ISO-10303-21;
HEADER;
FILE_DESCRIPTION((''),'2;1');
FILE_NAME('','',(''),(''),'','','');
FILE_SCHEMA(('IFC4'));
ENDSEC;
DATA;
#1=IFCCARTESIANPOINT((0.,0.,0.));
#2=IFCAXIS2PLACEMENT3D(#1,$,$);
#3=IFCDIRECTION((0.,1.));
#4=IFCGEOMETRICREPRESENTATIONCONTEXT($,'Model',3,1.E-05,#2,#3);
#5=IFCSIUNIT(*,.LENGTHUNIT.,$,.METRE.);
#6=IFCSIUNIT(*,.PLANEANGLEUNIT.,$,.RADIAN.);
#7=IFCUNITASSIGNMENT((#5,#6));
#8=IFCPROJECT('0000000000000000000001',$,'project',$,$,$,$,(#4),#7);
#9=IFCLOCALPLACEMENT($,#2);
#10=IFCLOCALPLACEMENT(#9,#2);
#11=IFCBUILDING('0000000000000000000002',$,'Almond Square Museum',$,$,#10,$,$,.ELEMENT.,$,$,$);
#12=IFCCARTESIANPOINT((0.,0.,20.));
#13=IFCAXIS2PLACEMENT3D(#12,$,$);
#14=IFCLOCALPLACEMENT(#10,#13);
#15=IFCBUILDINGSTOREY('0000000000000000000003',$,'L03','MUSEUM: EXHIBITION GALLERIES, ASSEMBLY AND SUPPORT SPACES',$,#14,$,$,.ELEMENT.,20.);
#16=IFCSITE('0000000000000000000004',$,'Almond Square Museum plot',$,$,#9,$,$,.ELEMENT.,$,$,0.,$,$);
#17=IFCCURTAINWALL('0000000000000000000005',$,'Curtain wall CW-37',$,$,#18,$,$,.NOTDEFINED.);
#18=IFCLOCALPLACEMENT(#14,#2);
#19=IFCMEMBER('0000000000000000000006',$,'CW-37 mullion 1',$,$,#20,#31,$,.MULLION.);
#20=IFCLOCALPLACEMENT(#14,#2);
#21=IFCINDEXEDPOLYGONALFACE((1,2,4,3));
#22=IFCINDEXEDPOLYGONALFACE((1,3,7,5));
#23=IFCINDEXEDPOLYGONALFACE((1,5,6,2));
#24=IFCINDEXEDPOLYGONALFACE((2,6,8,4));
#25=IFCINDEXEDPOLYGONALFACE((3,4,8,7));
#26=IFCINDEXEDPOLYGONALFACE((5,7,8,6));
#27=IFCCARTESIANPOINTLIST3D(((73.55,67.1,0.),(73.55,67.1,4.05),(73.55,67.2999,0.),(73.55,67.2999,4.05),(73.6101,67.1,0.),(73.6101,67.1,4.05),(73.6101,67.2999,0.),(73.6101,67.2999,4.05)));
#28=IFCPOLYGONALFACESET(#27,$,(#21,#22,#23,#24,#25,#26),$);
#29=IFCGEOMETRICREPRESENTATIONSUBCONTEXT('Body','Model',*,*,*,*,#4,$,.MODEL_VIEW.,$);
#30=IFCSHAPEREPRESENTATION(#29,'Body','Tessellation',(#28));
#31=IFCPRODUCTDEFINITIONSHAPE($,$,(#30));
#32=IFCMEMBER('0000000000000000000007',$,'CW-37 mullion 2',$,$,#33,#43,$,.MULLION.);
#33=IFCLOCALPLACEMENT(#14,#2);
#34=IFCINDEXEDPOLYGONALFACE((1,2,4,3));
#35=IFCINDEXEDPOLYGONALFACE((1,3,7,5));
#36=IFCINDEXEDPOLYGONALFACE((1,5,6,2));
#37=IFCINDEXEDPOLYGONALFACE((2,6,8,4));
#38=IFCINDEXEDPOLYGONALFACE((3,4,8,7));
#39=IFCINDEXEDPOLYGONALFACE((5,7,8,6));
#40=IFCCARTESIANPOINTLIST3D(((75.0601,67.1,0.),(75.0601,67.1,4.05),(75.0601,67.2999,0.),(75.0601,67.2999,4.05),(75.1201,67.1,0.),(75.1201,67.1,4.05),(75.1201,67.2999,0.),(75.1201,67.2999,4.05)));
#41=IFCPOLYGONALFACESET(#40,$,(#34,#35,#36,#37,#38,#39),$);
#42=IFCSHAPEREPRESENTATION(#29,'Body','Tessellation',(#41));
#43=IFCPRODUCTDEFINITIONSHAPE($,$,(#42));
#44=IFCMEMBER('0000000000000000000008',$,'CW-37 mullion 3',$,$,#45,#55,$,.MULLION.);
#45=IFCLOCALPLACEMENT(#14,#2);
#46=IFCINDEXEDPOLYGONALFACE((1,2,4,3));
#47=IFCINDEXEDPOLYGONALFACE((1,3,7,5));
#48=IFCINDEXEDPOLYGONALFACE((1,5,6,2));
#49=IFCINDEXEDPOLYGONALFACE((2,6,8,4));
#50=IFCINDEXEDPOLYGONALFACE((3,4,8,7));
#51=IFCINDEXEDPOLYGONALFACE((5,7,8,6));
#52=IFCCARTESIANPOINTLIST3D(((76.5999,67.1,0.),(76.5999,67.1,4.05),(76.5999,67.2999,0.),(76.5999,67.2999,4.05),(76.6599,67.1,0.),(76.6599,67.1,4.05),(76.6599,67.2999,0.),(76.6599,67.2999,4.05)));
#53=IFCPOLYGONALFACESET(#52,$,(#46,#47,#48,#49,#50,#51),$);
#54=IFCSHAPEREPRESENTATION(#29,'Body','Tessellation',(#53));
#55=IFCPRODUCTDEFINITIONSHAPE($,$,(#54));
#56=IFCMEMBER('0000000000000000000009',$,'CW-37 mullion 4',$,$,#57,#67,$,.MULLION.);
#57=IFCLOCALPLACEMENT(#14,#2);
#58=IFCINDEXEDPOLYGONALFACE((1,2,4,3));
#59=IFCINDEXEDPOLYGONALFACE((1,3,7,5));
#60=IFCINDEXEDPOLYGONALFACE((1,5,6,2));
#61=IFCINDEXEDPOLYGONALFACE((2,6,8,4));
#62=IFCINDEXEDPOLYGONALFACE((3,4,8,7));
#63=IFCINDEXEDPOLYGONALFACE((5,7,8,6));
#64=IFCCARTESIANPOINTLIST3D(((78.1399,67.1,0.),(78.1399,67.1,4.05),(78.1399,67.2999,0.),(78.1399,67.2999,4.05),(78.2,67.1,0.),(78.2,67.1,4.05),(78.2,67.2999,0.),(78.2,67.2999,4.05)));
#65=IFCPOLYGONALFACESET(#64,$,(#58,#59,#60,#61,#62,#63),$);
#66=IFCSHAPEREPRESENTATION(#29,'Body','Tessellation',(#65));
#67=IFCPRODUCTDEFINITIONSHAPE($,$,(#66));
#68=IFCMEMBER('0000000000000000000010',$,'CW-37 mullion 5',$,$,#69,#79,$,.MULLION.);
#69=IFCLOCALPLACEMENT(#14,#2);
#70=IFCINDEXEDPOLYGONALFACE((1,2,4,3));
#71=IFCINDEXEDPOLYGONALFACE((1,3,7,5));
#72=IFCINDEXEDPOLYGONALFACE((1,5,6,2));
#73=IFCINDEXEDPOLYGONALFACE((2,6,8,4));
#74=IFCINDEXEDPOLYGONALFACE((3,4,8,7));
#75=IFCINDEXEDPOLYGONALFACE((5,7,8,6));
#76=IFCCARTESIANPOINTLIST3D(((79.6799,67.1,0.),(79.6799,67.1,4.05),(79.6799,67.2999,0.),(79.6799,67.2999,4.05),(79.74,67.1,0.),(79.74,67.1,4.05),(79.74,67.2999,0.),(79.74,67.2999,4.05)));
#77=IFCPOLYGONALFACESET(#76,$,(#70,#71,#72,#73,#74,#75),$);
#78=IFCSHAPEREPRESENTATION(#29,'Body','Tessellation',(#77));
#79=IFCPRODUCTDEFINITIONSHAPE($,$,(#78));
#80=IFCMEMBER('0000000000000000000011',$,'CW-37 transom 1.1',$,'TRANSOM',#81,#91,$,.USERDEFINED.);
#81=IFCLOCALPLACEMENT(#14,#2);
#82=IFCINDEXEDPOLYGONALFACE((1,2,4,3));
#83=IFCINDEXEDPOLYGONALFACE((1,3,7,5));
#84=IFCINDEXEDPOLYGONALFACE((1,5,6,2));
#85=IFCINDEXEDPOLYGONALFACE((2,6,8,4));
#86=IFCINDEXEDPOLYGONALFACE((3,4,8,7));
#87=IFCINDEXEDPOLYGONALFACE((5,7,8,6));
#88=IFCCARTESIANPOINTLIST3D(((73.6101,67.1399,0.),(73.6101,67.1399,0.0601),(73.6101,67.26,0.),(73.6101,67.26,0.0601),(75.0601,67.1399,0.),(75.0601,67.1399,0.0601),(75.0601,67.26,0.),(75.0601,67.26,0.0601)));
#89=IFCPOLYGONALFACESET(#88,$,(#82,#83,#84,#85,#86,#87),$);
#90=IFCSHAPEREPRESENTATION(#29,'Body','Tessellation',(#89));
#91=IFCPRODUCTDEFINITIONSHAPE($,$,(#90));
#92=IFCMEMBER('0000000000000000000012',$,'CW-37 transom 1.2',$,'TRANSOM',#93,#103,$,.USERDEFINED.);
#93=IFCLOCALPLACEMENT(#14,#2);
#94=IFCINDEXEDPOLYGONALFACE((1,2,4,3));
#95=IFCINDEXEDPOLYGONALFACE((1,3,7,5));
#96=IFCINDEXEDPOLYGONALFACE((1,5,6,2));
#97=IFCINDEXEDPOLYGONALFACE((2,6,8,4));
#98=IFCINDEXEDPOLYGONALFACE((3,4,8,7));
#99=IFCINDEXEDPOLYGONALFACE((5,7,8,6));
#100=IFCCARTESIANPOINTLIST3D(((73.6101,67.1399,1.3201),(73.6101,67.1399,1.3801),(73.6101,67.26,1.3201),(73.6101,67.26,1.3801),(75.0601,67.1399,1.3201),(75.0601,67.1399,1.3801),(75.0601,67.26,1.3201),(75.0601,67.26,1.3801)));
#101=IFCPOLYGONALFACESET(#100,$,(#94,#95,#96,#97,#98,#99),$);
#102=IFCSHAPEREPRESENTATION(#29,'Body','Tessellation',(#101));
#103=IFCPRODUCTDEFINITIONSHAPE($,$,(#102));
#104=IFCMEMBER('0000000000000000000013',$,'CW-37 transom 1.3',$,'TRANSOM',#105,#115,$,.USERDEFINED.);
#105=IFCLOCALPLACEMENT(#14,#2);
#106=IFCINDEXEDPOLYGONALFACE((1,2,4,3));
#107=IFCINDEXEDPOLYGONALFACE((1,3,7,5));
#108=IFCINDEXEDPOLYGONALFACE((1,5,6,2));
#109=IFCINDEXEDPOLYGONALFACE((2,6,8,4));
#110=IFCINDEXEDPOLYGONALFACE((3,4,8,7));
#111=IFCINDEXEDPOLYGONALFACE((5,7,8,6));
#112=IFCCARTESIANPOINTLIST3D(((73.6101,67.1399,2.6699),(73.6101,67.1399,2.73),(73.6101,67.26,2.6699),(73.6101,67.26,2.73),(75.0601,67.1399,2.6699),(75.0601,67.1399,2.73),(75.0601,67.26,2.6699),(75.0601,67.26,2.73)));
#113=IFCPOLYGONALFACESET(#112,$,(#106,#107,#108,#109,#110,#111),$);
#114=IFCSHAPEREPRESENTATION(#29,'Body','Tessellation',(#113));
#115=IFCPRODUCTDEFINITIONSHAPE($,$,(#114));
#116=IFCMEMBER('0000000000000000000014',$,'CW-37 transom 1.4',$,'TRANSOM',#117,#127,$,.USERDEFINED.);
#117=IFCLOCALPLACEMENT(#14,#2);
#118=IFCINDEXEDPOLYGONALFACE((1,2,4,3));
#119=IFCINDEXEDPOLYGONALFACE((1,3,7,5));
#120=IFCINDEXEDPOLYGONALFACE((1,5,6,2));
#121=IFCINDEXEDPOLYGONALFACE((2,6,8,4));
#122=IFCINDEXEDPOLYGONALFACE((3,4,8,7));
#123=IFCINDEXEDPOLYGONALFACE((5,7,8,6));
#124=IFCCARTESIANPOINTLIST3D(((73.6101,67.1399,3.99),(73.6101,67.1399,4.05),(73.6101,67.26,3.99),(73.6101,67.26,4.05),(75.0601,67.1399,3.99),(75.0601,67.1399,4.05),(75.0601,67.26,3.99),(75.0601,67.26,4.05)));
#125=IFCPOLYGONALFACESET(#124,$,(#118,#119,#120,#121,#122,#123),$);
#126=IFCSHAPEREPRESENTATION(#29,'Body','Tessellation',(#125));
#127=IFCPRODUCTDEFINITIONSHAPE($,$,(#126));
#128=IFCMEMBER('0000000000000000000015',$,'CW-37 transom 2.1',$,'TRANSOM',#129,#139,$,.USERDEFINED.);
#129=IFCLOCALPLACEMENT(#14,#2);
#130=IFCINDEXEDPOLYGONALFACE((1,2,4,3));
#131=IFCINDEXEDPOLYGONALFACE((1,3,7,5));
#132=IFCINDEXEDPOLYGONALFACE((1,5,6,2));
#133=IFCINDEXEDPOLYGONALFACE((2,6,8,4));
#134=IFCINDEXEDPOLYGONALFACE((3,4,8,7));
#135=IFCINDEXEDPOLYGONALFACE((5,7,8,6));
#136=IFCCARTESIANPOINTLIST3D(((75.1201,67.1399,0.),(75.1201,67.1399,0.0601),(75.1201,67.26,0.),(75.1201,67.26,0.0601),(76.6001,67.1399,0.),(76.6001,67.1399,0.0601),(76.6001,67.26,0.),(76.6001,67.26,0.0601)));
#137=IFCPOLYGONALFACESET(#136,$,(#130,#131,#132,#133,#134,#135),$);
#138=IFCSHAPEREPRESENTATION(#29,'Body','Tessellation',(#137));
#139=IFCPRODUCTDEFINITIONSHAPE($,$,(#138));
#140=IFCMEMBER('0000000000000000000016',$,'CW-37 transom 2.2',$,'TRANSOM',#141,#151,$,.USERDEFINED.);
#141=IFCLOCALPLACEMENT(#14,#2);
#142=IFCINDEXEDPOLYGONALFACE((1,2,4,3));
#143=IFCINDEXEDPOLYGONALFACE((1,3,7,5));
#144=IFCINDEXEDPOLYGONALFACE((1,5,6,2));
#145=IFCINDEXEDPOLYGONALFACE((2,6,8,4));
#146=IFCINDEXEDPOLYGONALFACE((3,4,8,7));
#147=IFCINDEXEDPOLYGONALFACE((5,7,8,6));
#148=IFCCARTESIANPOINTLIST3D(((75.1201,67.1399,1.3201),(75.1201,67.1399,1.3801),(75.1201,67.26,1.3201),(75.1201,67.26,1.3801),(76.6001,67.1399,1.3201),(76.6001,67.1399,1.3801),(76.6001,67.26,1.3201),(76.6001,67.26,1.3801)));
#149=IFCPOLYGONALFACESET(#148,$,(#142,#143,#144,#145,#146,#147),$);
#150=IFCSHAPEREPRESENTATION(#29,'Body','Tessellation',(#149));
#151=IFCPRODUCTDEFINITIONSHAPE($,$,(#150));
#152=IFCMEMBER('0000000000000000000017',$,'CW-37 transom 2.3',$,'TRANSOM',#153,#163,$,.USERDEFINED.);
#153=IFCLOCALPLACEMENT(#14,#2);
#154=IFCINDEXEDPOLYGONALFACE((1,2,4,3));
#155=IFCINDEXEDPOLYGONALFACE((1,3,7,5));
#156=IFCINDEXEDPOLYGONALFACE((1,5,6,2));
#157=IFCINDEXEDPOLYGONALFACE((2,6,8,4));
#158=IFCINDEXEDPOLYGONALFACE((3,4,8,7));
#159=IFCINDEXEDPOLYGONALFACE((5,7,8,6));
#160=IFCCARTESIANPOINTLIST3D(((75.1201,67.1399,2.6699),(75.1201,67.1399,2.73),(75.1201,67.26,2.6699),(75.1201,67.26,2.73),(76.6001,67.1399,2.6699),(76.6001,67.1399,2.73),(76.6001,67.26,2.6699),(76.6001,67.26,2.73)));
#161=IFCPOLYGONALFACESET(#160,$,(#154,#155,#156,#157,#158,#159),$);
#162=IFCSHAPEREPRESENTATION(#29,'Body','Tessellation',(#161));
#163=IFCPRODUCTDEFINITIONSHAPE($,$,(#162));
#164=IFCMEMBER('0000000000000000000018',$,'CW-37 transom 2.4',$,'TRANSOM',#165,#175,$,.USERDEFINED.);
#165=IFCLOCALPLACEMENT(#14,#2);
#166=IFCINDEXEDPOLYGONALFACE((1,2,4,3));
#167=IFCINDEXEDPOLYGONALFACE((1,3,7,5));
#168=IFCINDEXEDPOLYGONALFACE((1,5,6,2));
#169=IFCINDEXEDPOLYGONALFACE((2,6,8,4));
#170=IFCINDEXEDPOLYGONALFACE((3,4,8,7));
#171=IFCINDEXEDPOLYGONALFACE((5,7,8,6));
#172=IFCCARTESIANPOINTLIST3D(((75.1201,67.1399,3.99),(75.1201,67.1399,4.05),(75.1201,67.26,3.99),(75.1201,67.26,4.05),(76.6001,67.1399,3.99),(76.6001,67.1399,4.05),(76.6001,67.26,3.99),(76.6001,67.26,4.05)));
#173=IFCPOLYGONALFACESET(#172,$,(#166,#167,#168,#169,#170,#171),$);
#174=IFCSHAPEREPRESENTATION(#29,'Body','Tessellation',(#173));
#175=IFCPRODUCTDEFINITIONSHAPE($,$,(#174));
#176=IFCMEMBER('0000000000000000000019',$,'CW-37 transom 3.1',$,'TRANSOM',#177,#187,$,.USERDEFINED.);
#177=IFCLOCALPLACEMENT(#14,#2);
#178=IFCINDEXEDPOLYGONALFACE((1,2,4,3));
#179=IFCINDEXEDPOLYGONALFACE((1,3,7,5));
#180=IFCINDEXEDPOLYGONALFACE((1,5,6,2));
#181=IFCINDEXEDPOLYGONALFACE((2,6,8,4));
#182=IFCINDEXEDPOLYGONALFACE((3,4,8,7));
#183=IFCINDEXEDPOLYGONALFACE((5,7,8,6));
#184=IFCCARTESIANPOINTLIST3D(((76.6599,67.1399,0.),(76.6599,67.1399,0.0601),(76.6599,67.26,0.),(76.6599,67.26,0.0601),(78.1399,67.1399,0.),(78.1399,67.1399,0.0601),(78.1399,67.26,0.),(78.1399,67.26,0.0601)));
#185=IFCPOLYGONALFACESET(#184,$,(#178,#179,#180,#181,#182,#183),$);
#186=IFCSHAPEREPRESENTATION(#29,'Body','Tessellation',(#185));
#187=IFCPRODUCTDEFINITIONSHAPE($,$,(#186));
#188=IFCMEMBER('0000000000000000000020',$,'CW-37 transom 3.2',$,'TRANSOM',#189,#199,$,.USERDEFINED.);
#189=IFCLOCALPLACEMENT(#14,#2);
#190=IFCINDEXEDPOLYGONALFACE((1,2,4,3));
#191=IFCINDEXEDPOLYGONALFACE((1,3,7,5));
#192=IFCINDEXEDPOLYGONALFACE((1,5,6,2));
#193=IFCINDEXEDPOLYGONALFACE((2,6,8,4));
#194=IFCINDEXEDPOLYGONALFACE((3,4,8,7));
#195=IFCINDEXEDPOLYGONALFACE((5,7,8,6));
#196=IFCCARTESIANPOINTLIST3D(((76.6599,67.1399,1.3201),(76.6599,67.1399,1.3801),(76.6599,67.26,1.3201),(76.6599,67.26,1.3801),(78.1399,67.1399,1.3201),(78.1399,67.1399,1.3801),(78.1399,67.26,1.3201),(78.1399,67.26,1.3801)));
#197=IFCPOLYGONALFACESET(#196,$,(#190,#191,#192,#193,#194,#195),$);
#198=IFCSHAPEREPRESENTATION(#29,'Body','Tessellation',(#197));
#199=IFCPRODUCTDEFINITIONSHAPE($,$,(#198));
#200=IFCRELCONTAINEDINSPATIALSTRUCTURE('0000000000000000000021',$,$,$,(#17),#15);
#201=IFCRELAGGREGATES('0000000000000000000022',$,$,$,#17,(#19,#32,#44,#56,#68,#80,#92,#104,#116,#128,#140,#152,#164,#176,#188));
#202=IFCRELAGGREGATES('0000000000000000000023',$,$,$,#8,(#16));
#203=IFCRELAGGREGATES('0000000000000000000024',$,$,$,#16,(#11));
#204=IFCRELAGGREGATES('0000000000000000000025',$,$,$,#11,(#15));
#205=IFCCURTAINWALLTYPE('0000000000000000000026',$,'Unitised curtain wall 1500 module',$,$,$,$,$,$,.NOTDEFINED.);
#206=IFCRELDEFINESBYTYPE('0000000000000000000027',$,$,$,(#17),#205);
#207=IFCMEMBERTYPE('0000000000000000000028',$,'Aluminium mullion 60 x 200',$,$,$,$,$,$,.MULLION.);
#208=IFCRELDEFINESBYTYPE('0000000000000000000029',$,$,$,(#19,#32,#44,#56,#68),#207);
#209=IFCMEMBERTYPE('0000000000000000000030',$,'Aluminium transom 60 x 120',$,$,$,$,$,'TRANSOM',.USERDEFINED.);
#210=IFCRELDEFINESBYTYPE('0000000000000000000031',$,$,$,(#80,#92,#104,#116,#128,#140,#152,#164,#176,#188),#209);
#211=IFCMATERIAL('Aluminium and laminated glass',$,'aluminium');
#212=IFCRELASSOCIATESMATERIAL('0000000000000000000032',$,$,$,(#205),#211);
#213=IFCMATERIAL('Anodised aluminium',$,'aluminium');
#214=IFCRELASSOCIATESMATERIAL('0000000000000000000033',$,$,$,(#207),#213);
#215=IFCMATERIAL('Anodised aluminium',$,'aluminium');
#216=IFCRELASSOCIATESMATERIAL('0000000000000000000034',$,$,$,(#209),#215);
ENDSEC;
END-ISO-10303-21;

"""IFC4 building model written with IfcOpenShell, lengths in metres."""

from ifc_helpers import new_model, si_unit, direction, frame, origin, origin_2d, place, context, subcontext, project, spatial, rectangle, extrude, material, material_profile, profile_set, type_object, element, aggregate, save


model = new_model("IFC4")

# Units and contexts
model_context = context("Model", 3, precision=1e-05, world=origin(), true_north=direction((0.0, 1.0)))
body_context = subcontext(model_context, "Body", "Model", "MODEL_VIEW")
ifc_project = project(units=[si_unit("LENGTHUNIT", "METRE"), si_unit("PLANEANGLEUNIT", "RADIAN")], contexts=[model_context])

# Site, building, storey
site_placement = place(None, origin())
site = spatial("IfcSite", under=ifc_project, at=site_placement, Name="Almond Square Museum plot", CompositionType="ELEMENT", RefElevation=0.0)
building_placement = place(site_placement, origin())
building = spatial("IfcBuilding", under=site, at=building_placement, Name="Almond Square Museum", CompositionType="ELEMENT")
storey_placement = place(building_placement, frame((0.0, 0.0, 20.0)))
storey = spatial("IfcBuildingStorey", under=building, at=storey_placement, Name="L03", Description="MUSEUM: EXHIBITION GALLERIES, ASSEMBLY AND SUPPORT SPACES", CompositionType="ELEMENT", Elevation=20.0)

# Curtain wall, members
ifc_material_1 = material(Name="Aluminium and laminated glass", Category="aluminium")
curtain_wall_type = type_object("IfcCurtainWallType", Name="Unitised curtain wall 1500 module", PredefinedType="NOTDEFINED", material=ifc_material_1)
curtain_wall_placement = place(storey_placement, origin())
curtain_wall = element("IfcCurtainWall", 1, at=curtain_wall_placement, inside=storey, type_object=curtain_wall_type, Name="Curtain wall CW-37", PredefinedType="NOTDEFINED")
ifc_material_2 = material(Name="Anodised aluminium", Category="aluminium")
ifc_material_profile_1 = material_profile(ifc_material_2, rectangle(XDim=0.2, YDim=0.0601, at=origin_2d()))
ifc_profile_set_1 = profile_set([ifc_material_profile_1], Name="Anodised aluminium")
member_type_1 = type_object("IfcMemberType", Name="Aluminium mullion 60 x 200", PredefinedType="MULLION", material=ifc_profile_set_1)
member_1_placement = place(storey_placement, frame((73.5801, 67.2, 0.0), z_axis=(0.0, 0.0, 1.0), x_axis=(0.0, 1.0, 0.0)))
member_1 = element("IfcMember", 2, at=member_1_placement, type_object=member_type_1, Name="CW-37 mullion 1", PredefinedType="MULLION", context=body_context, shape_type="SweptSolid", body=[
    extrude(rectangle(XDim=0.2, YDim=0.0601, at=origin_2d()), origin(), (0.0, 0.0, 1.0), 4.05),
])
member_2_placement = place(storey_placement, frame((75.0901, 67.2, 0.0), z_axis=(0.0, 0.0, 1.0), x_axis=(0.0, 1.0, 0.0)))
member_2 = element("IfcMember", 3, at=member_2_placement, type_object=member_type_1, Name="CW-37 mullion 2", PredefinedType="MULLION", context=body_context, shape_type="SweptSolid", body=[
    extrude(rectangle(XDim=0.2, YDim=0.0601, at=origin_2d()), origin(), (0.0, 0.0, 1.0), 4.05),
])
member_3_placement = place(storey_placement, frame((76.6299, 67.2, 0.0), z_axis=(0.0, 0.0, 1.0), x_axis=(0.0, 1.0, 0.0)))
member_3 = element("IfcMember", 4, at=member_3_placement, type_object=member_type_1, Name="CW-37 mullion 3", PredefinedType="MULLION", context=body_context, shape_type="SweptSolid", body=[
    extrude(rectangle(XDim=0.2, YDim=0.0601, at=origin_2d()), origin(), (0.0, 0.0, 1.0), 4.05),
])
member_4_placement = place(storey_placement, frame((78.1699, 67.2, 0.0), z_axis=(0.0, 0.0, 1.0), x_axis=(0.0, 1.0, 0.0)))
member_4 = element("IfcMember", 5, at=member_4_placement, type_object=member_type_1, Name="CW-37 mullion 4", PredefinedType="MULLION", context=body_context, shape_type="SweptSolid", body=[
    extrude(rectangle(XDim=0.2, YDim=0.0601, at=origin_2d()), origin(), (0.0, 0.0, 1.0), 4.05),
])
member_5_placement = place(storey_placement, frame((79.71, 67.2, 0.0), z_axis=(0.0, 0.0, 1.0), x_axis=(0.0, 1.0, 0.0)))
member_5 = element("IfcMember", 6, at=member_5_placement, type_object=member_type_1, Name="CW-37 mullion 5", PredefinedType="MULLION", context=body_context, shape_type="SweptSolid", body=[
    extrude(rectangle(XDim=0.2, YDim=0.0601, at=origin_2d()), origin(), (0.0, 0.0, 1.0), 4.05),
])
ifc_material_3 = material(Name="Anodised aluminium", Category="aluminium")
ifc_material_profile_2 = material_profile(ifc_material_3, rectangle(XDim=0.1201, YDim=0.0601, at=origin_2d()))
ifc_profile_set_2 = profile_set([ifc_material_profile_2], Name="Anodised aluminium")
member_type_2 = type_object("IfcMemberType", Name="Aluminium transom 60 x 120", ElementType="TRANSOM", PredefinedType="USERDEFINED", material=ifc_profile_set_2)
member_6_placement = place(storey_placement, frame((73.6101, 67.2, 0.03), z_axis=(1.0, 0.0, 0.0), x_axis=(0.0, 1.0, 0.0)))
member_6 = element("IfcMember", 7, at=member_6_placement, type_object=member_type_2, Name="CW-37 transom 1.1", ObjectType="TRANSOM", PredefinedType="USERDEFINED", context=body_context, shape_type="SweptSolid", body=[
    extrude(rectangle(XDim=0.1201, YDim=0.0601, at=origin_2d()), origin(), (0.0, 0.0, 1.0), 1.45),
])
member_7_placement = place(storey_placement, frame((73.6101, 67.2, 1.3501), z_axis=(1.0, 0.0, 0.0), x_axis=(0.0, 1.0, 0.0)))
member_7 = element("IfcMember", 8, at=member_7_placement, type_object=member_type_2, Name="CW-37 transom 1.2", ObjectType="TRANSOM", PredefinedType="USERDEFINED", context=body_context, shape_type="SweptSolid", body=[
    extrude(rectangle(XDim=0.1201, YDim=0.0601, at=origin_2d()), origin(), (0.0, 0.0, 1.0), 1.45),
])
member_8_placement = place(storey_placement, frame((73.6101, 67.2, 2.7), z_axis=(1.0, 0.0, 0.0), x_axis=(0.0, 1.0, 0.0)))
member_8 = element("IfcMember", 9, at=member_8_placement, type_object=member_type_2, Name="CW-37 transom 1.3", ObjectType="TRANSOM", PredefinedType="USERDEFINED", context=body_context, shape_type="SweptSolid", body=[
    extrude(rectangle(XDim=0.1201, YDim=0.0601, at=origin_2d()), origin(), (0.0, 0.0, 1.0), 1.45),
])
member_9_placement = place(storey_placement, frame((73.6101, 67.2, 4.02), z_axis=(1.0, 0.0, 0.0), x_axis=(0.0, 1.0, 0.0)))
member_9 = element("IfcMember", 10, at=member_9_placement, type_object=member_type_2, Name="CW-37 transom 1.4", ObjectType="TRANSOM", PredefinedType="USERDEFINED", context=body_context, shape_type="SweptSolid", body=[
    extrude(rectangle(XDim=0.1201, YDim=0.0601, at=origin_2d()), origin(), (0.0, 0.0, 1.0), 1.45),
])
member_10_placement = place(storey_placement, frame((75.1201, 67.2, 0.03), z_axis=(1.0, 0.0, 0.0), x_axis=(0.0, 1.0, 0.0)))
member_10 = element("IfcMember", 11, at=member_10_placement, type_object=member_type_2, Name="CW-37 transom 2.1", ObjectType="TRANSOM", PredefinedType="USERDEFINED", context=body_context, shape_type="SweptSolid", body=[
    extrude(rectangle(XDim=0.1201, YDim=0.0601, at=origin_2d()), origin(), (0.0, 0.0, 1.0), 1.48),
])
member_11_placement = place(storey_placement, frame((75.1201, 67.2, 1.3501), z_axis=(1.0, 0.0, 0.0), x_axis=(0.0, 1.0, 0.0)))
member_11 = element("IfcMember", 12, at=member_11_placement, type_object=member_type_2, Name="CW-37 transom 2.2", ObjectType="TRANSOM", PredefinedType="USERDEFINED", context=body_context, shape_type="SweptSolid", body=[
    extrude(rectangle(XDim=0.1201, YDim=0.0601, at=origin_2d()), origin(), (0.0, 0.0, 1.0), 1.48),
])
member_12_placement = place(storey_placement, frame((75.1201, 67.2, 2.7), z_axis=(1.0, 0.0, 0.0), x_axis=(0.0, 1.0, 0.0)))
member_12 = element("IfcMember", 13, at=member_12_placement, type_object=member_type_2, Name="CW-37 transom 2.3", ObjectType="TRANSOM", PredefinedType="USERDEFINED", context=body_context, shape_type="SweptSolid", body=[
    extrude(rectangle(XDim=0.1201, YDim=0.0601, at=origin_2d()), origin(), (0.0, 0.0, 1.0), 1.48),
])
member_13_placement = place(storey_placement, frame((75.1201, 67.2, 4.02), z_axis=(1.0, 0.0, 0.0), x_axis=(0.0, 1.0, 0.0)))
member_13 = element("IfcMember", 14, at=member_13_placement, type_object=member_type_2, Name="CW-37 transom 2.4", ObjectType="TRANSOM", PredefinedType="USERDEFINED", context=body_context, shape_type="SweptSolid", body=[
    extrude(rectangle(XDim=0.1201, YDim=0.0601, at=origin_2d()), origin(), (0.0, 0.0, 1.0), 1.48),
])
member_14_placement = place(storey_placement, frame((76.6599, 67.2, 0.03), z_axis=(1.0, 0.0, 0.0), x_axis=(0.0, 1.0, 0.0)))
member_14 = element("IfcMember", 15, at=member_14_placement, type_object=member_type_2, Name="CW-37 transom 3.1", ObjectType="TRANSOM", PredefinedType="USERDEFINED", context=body_context, shape_type="SweptSolid", body=[
    extrude(rectangle(XDim=0.1201, YDim=0.0601, at=origin_2d()), origin(), (0.0, 0.0, 1.0), 1.48),
])
member_15_placement = place(storey_placement, frame((76.6599, 67.2, 1.3501), z_axis=(1.0, 0.0, 0.0), x_axis=(0.0, 1.0, 0.0)))
member_15 = element("IfcMember", 16, at=member_15_placement, type_object=member_type_2, Name="CW-37 transom 3.2", ObjectType="TRANSOM", PredefinedType="USERDEFINED", context=body_context, shape_type="SweptSolid", body=[
    extrude(rectangle(XDim=0.1201, YDim=0.0601, at=origin_2d()), origin(), (0.0, 0.0, 1.0), 1.48),
])
aggregate(curtain_wall, [member_1, member_2, member_3, member_4, member_5, member_6, member_7, member_8, member_9, member_10, member_11, member_12, member_13, member_14, member_15])

save(model, "model.ifc")
